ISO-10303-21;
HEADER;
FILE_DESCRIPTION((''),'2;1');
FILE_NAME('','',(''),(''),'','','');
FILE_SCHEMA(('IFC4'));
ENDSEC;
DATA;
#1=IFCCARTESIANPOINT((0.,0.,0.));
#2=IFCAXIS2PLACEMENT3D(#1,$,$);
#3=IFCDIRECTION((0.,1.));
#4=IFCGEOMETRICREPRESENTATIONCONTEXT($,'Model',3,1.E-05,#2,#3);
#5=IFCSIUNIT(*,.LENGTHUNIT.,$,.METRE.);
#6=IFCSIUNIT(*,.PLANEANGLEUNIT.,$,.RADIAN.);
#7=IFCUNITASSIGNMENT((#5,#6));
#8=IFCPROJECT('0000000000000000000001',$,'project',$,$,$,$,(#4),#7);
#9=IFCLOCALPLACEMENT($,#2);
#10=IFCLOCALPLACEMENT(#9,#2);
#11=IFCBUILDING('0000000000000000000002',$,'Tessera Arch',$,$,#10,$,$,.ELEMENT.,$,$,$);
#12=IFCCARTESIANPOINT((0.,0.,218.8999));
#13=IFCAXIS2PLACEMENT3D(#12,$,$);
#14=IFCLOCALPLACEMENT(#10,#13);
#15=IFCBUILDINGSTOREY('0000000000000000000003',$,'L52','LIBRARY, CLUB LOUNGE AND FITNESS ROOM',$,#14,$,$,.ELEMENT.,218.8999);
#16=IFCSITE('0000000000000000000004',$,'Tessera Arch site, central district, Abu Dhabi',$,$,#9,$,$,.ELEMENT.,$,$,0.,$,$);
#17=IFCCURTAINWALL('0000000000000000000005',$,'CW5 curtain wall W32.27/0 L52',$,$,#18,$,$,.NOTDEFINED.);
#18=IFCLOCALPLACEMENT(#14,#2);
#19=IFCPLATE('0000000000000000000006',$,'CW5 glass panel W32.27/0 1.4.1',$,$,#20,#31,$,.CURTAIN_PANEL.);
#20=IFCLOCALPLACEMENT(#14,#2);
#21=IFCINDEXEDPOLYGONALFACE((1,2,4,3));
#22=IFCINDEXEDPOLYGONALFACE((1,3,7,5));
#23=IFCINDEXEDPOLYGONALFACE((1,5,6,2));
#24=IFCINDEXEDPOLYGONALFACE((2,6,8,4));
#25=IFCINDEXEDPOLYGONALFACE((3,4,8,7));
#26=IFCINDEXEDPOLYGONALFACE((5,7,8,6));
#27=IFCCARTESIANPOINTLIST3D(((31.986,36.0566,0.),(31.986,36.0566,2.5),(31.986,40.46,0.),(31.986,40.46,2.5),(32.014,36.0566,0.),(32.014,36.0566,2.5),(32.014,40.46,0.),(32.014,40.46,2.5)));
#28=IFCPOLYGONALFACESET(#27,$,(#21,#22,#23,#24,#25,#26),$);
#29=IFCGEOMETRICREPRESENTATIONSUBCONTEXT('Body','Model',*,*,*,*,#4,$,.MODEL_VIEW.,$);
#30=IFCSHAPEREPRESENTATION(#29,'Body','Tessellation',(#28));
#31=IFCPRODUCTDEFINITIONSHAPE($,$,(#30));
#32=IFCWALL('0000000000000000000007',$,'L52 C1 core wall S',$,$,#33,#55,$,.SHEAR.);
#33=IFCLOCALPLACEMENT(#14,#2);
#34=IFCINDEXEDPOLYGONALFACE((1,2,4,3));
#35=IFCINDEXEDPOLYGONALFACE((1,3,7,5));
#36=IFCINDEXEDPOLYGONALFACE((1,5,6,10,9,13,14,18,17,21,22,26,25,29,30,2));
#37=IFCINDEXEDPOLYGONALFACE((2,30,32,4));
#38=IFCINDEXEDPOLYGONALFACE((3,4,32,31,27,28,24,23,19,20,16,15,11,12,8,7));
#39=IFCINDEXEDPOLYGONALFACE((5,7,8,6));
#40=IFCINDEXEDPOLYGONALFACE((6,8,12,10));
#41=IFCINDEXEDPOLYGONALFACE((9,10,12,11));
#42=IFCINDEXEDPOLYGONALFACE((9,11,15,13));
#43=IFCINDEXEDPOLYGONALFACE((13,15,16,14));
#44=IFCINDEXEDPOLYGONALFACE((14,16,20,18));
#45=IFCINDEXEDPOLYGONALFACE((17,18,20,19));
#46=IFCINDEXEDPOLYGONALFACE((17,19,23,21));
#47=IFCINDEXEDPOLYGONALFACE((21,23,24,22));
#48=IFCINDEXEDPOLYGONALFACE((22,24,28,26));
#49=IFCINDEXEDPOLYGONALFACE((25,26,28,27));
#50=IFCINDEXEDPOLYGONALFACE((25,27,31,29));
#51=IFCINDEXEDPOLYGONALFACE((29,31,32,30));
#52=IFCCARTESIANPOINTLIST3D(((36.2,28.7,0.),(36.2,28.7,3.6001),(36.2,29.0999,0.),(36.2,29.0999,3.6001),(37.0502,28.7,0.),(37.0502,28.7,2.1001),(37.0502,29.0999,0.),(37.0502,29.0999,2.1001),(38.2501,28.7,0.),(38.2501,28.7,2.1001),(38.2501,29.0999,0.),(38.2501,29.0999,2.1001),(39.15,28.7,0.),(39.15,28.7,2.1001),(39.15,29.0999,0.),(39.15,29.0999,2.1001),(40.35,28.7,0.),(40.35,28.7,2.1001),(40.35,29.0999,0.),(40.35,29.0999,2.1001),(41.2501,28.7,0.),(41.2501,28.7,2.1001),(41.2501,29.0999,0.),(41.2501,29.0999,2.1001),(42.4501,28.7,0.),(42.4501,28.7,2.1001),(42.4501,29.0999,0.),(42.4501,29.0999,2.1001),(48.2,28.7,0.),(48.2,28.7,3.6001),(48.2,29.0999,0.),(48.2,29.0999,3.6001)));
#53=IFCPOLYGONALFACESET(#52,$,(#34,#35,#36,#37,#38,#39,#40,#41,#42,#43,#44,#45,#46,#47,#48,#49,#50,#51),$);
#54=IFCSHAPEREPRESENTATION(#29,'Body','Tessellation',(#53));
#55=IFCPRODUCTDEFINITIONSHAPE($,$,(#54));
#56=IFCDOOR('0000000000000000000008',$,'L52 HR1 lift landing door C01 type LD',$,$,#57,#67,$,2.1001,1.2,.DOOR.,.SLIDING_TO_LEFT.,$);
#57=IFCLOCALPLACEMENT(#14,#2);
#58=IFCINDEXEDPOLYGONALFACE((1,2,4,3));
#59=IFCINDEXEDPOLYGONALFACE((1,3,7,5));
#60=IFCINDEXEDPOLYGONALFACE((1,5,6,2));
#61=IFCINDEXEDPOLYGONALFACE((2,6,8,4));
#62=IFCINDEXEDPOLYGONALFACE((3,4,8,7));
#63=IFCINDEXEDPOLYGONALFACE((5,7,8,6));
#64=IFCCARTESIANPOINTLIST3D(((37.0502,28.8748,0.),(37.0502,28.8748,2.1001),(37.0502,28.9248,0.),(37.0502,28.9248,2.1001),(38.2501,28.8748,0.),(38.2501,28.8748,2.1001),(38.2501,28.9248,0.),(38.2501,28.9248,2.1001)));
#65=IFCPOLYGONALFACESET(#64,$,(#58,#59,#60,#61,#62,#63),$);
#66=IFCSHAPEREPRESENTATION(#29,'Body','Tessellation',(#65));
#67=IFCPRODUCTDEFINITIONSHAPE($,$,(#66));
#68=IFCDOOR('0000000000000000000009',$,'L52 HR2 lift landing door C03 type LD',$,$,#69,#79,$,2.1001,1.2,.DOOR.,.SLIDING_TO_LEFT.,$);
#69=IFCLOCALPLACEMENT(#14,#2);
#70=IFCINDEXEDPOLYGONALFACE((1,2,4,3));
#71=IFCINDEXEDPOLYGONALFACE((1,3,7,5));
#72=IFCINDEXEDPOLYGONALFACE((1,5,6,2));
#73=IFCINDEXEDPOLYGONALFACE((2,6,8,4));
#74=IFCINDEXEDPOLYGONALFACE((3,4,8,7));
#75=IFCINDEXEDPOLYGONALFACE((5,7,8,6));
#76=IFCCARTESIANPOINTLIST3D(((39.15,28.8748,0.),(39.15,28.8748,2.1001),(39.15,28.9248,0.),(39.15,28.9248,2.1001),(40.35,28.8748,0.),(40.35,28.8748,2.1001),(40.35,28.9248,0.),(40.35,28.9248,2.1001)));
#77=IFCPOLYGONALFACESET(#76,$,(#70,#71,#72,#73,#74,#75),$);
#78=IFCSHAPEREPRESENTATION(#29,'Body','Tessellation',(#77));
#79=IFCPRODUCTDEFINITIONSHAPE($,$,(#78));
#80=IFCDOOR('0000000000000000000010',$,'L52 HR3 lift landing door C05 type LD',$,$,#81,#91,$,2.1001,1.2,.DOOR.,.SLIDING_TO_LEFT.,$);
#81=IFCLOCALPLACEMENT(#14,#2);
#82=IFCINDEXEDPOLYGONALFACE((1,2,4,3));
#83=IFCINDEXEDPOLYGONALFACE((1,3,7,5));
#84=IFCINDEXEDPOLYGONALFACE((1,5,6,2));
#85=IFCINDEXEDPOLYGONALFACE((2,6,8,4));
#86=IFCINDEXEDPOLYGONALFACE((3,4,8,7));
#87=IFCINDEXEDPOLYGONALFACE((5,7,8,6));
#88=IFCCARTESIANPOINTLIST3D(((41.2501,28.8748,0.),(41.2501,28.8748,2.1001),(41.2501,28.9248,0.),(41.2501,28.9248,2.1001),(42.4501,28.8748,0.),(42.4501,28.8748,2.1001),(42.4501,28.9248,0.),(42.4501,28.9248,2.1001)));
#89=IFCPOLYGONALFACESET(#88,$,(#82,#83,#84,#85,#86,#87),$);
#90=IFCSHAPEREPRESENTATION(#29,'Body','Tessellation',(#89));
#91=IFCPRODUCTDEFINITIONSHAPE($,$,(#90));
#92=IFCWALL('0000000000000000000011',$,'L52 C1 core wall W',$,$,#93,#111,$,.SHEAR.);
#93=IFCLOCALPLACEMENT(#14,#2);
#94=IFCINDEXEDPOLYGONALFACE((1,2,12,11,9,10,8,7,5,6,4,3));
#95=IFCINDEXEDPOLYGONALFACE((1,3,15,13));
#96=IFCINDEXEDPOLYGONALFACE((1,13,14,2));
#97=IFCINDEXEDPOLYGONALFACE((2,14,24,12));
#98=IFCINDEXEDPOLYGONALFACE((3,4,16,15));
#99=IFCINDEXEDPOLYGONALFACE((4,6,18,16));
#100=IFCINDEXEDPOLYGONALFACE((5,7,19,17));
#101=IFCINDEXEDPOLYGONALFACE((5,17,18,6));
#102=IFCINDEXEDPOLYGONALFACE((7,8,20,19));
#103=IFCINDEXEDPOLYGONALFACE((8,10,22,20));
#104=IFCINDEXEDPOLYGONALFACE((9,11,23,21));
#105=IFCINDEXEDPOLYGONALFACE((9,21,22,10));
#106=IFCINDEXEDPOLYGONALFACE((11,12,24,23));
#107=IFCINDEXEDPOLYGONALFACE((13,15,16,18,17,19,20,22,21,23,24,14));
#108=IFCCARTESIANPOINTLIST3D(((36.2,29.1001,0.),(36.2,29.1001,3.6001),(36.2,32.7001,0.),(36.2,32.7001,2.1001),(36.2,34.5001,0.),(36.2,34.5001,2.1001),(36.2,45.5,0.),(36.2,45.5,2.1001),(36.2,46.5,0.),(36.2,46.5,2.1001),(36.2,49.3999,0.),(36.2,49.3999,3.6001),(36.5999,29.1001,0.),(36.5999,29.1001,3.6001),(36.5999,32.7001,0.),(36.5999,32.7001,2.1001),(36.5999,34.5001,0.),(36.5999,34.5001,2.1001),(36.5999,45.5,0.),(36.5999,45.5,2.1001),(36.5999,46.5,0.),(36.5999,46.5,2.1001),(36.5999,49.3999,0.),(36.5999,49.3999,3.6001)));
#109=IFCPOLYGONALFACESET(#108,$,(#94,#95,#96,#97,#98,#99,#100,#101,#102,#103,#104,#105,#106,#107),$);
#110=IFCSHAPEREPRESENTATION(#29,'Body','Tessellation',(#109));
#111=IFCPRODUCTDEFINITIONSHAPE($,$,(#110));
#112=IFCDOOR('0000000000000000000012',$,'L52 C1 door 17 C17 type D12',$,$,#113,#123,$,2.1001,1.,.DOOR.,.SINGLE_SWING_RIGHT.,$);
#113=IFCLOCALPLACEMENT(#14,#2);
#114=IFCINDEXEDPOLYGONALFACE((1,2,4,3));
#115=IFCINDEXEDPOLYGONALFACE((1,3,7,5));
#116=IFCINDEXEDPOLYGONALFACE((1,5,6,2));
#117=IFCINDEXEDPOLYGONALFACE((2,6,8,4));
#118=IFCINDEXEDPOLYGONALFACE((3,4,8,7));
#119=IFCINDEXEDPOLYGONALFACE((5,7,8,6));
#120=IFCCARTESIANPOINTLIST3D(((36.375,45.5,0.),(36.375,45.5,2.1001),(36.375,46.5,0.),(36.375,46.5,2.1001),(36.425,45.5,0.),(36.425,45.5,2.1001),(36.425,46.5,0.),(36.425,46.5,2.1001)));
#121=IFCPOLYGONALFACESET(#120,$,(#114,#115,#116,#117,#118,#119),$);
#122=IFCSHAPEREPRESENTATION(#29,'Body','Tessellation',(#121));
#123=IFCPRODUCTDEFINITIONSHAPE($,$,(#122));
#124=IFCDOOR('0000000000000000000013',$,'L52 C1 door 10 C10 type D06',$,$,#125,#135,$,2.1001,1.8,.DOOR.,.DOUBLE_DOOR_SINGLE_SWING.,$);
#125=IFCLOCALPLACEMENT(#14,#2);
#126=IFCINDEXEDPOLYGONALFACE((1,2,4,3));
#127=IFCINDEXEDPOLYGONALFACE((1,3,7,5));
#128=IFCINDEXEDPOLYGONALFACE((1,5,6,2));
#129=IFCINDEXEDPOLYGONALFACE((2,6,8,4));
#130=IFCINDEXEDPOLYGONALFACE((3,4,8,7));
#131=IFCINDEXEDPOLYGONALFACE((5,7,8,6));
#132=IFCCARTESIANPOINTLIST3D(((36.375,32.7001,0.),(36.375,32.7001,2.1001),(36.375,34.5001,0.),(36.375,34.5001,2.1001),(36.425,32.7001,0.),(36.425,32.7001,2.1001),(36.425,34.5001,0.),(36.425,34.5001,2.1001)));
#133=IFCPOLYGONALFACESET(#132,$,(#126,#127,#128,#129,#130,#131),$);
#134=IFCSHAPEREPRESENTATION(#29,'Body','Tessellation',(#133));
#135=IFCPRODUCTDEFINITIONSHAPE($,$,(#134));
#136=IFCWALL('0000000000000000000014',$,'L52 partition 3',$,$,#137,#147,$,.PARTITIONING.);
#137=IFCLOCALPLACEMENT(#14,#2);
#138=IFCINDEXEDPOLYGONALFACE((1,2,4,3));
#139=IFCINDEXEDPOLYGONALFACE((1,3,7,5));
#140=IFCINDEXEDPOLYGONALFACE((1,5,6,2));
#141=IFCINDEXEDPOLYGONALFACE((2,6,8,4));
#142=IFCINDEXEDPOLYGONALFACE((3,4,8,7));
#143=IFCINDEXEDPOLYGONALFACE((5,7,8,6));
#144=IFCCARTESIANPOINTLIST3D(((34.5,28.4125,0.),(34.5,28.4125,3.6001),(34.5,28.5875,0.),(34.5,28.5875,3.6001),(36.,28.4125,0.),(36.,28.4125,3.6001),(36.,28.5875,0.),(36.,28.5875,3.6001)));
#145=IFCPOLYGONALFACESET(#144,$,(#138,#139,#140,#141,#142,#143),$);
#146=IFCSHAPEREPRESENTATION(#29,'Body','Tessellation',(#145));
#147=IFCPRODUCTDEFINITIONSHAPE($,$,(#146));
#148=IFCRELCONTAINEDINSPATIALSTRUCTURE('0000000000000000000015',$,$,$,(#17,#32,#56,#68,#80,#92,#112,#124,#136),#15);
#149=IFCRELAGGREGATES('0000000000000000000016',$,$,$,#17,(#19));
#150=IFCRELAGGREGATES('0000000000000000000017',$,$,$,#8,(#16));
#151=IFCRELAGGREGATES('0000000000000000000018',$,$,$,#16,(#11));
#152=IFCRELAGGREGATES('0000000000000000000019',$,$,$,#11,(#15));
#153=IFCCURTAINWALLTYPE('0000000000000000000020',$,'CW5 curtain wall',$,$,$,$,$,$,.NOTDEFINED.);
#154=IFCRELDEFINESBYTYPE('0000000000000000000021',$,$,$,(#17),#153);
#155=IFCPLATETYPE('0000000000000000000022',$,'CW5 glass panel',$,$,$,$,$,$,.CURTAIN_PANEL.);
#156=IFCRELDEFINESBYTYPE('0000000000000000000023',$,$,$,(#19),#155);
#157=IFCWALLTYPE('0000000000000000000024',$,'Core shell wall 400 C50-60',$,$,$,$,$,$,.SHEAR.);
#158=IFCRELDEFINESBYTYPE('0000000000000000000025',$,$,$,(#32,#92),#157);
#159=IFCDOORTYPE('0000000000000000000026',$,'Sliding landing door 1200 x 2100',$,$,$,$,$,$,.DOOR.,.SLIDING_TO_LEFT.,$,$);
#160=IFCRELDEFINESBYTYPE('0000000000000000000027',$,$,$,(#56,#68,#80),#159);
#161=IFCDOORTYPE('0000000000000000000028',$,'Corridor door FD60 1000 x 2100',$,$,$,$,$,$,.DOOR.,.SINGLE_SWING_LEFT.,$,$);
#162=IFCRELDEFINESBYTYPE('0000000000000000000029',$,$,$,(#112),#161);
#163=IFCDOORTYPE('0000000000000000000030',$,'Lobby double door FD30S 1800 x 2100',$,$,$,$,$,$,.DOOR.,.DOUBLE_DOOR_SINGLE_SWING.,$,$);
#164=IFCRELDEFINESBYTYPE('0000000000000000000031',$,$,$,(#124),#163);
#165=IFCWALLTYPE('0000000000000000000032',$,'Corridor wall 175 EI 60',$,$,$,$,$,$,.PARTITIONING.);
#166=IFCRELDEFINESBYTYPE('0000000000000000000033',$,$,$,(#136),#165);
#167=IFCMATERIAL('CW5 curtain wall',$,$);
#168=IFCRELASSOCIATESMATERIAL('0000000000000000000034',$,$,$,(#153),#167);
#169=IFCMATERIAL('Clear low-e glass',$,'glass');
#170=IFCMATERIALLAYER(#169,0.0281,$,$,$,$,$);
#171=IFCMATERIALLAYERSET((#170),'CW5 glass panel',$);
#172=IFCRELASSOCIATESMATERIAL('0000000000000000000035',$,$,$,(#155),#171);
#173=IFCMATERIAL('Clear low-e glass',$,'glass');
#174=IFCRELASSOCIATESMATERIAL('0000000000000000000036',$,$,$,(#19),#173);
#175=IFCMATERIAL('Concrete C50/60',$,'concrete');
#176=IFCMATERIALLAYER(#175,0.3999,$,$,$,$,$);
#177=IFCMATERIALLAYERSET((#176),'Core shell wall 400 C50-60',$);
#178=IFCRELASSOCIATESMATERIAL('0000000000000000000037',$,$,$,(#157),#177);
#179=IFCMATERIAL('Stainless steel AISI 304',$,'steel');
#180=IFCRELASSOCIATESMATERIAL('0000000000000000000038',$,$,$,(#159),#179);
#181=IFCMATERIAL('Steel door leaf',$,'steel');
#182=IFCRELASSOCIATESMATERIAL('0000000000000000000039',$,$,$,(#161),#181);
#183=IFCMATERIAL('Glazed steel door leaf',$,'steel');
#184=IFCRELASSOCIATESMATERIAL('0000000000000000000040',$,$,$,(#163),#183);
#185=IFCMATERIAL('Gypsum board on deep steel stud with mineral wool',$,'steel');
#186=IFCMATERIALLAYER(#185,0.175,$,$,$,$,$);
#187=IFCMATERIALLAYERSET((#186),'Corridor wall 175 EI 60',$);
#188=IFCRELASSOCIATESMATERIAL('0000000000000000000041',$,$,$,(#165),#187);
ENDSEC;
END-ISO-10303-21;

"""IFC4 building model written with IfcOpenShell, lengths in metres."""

from ifc_helpers import new_model, si_unit, direction, frame, frame_2d, origin, origin_2d, place, context, subcontext, project, spatial, rectangle, extrude, material, layer, layer_set, type_object, element, fill, aggregate, save


model = new_model("IFC4")

# Units and contexts
model_context = context("Model", 3, precision=1e-05, world=origin(), true_north=direction((0.0, 1.0)))
body_context = subcontext(model_context, "Body", "Model", "MODEL_VIEW")
ifc_project = project(units=[si_unit("LENGTHUNIT", "METRE"), si_unit("PLANEANGLEUNIT", "RADIAN")], contexts=[model_context])

# Site, building, storey
site_placement = place(None, origin())
site = spatial("IfcSite", under=ifc_project, at=site_placement, Name="Tessera Arch site, central district, Abu Dhabi", CompositionType="ELEMENT", RefElevation=0.0)
building_placement = place(site_placement, origin())
building = spatial("IfcBuilding", under=site, at=building_placement, Name="Tessera Arch", CompositionType="ELEMENT")
storey_placement = place(building_placement, frame((0.0, 0.0, 218.8999)))
storey = spatial("IfcBuildingStorey", under=building, at=storey_placement, Name="L52", Description="LIBRARY, CLUB LOUNGE AND FITNESS ROOM", CompositionType="ELEMENT", Elevation=218.8999)

# Curtain wall, plate
ifc_material_1 = material(Name="CW5 curtain wall")
curtain_wall_type = type_object("IfcCurtainWallType", Name="CW5 curtain wall", PredefinedType="NOTDEFINED", material=ifc_material_1)
curtain_wall_placement = place(storey_placement, origin())
curtain_wall = element("IfcCurtainWall", 1, at=curtain_wall_placement, inside=storey, type_object=curtain_wall_type, Name="CW5 curtain wall W32.27/0 L52", PredefinedType="NOTDEFINED")
ifc_material_2 = material(Name="Clear low-e glass", Category="glass")
ifc_material_3 = material(Name="Clear low-e glass", Category="glass")
ifc_layer_1 = layer(ifc_material_3, 0.0281)
ifc_layer_set_1 = layer_set([ifc_layer_1], Name="CW5 glass panel")
plate_type = type_object("IfcPlateType", Name="CW5 glass panel", PredefinedType="CURTAIN_PANEL", material=ifc_layer_set_1)
plate_placement = place(storey_placement, frame((32.0, 38.2583, 0.0), z_axis=(0.0, 0.0, 1.0), x_axis=(0.0, -1.0, 0.0)))
plate = element("IfcPlate", 2, at=plate_placement, type_object=plate_type, material=ifc_material_2, Name="CW5 glass panel W32.27/0 1.4.1", PredefinedType="CURTAIN_PANEL", context=body_context, shape_type="SweptSolid", body=[
    extrude(rectangle(XDim=4.4033, YDim=0.0281, at=origin_2d()), origin(), (0.0, 0.0, 1.0), 2.5),
])
aggregate(curtain_wall, [plate])

# Walls, openings, doors
ifc_material_4 = material(Name="Concrete C50/60", Category="concrete")
ifc_layer_2 = layer(ifc_material_4, 0.3999)
ifc_layer_set_2 = layer_set([ifc_layer_2], Name="Core shell wall 400 C50-60")
wall_type_1 = type_object("IfcWallType", Name="Core shell wall 400 C50-60", PredefinedType="SHEAR", material=ifc_layer_set_2)
wall_1_placement = place(storey_placement, frame((36.2, 28.8999, 0.0), z_axis=(0.0, 0.0, 1.0), x_axis=(1.0, 0.0, 0.0)))
wall_1 = element("IfcWall", 3, at=wall_1_placement, inside=storey, type_object=wall_type_1, Name="L52 C1 core wall S", PredefinedType="SHEAR", context=body_context, shape_type="SweptSolid", body=[
    extrude(rectangle(XDim=12.0, YDim=0.3999, at=frame_2d((6.0, 0.0))), origin(), (0.0, 0.0, 1.0), 3.6001),
])
opening_1_placement = place(wall_1_placement, frame((0.8501, 0.0, 0.0)))
opening_1 = element("IfcOpeningElement", 4, at=opening_1_placement, cuts=wall_1, PredefinedType="OPENING", context=body_context, shape_type="SweptSolid", body=[
    extrude(rectangle(XDim=1.2, YDim=2.1001, at=frame_2d((0.6001, 1.05))), frame((0.0, 0.21, 0.0), z_axis=(0.0, -1.0, 0.0), x_axis=(1.0, 0.0, 0.0)), (0.0, 0.0, 1.0), 0.4199),
])
opening_2_placement = place(wall_1_placement, frame((2.95, 0.0, 0.0)))
opening_2 = element("IfcOpeningElement", 5, at=opening_2_placement, cuts=wall_1, PredefinedType="OPENING", context=body_context, shape_type="SweptSolid", body=[
    extrude(rectangle(XDim=1.2, YDim=2.1001, at=frame_2d((0.6001, 1.05))), frame((0.0, 0.21, 0.0), z_axis=(0.0, -1.0, 0.0), x_axis=(1.0, 0.0, 0.0)), (0.0, 0.0, 1.0), 0.4199),
])
opening_3_placement = place(wall_1_placement, frame((5.05, 0.0, 0.0)))
opening_3 = element("IfcOpeningElement", 6, at=opening_3_placement, cuts=wall_1, PredefinedType="OPENING", context=body_context, shape_type="SweptSolid", body=[
    extrude(rectangle(XDim=1.2, YDim=2.1001, at=frame_2d((0.6001, 1.05))), frame((0.0, 0.21, 0.0), z_axis=(0.0, -1.0, 0.0), x_axis=(1.0, 0.0, 0.0)), (0.0, 0.0, 1.0), 0.4199),
])
ifc_material_5 = material(Name="Stainless steel AISI 304", Category="steel")
door_type_1 = type_object("IfcDoorType", Name="Sliding landing door 1200 x 2100", OperationType="SLIDING_TO_LEFT", PredefinedType="DOOR", material=ifc_material_5)
door_1_placement = place(opening_1_placement, origin())
door_1 = element("IfcDoor", 7, at=door_1_placement, inside=storey, type_object=door_type_1, Name="L52 HR1 lift landing door C01 type LD", OperationType="SLIDING_TO_LEFT", OverallHeight=2.1001, OverallWidth=1.2, PredefinedType="DOOR", context=body_context, shape_type="SweptSolid", body=[
    extrude(rectangle(XDim=1.2, YDim=2.1001, at=frame_2d((0.6001, 1.05))), frame((0.0, 0.0249, 0.0), z_axis=(0.0, -1.0, 0.0), x_axis=(1.0, 0.0, 0.0)), (0.0, 0.0, 1.0), 0.05),
])
fill(opening_1, door_1)
door_2_placement = place(opening_2_placement, origin())
door_2 = element("IfcDoor", 8, at=door_2_placement, inside=storey, type_object=door_type_1, Name="L52 HR2 lift landing door C03 type LD", OperationType="SLIDING_TO_LEFT", OverallHeight=2.1001, OverallWidth=1.2, PredefinedType="DOOR", context=body_context, shape_type="SweptSolid", body=[
    extrude(rectangle(XDim=1.2, YDim=2.1001, at=frame_2d((0.6001, 1.05))), frame((0.0, 0.0249, 0.0), z_axis=(0.0, -1.0, 0.0), x_axis=(1.0, 0.0, 0.0)), (0.0, 0.0, 1.0), 0.05),
])
fill(opening_2, door_2)
door_3_placement = place(opening_3_placement, origin())
door_3 = element("IfcDoor", 9, at=door_3_placement, inside=storey, type_object=door_type_1, Name="L52 HR3 lift landing door C05 type LD", OperationType="SLIDING_TO_LEFT", OverallHeight=2.1001, OverallWidth=1.2, PredefinedType="DOOR", context=body_context, shape_type="SweptSolid", body=[
    extrude(rectangle(XDim=1.2, YDim=2.1001, at=frame_2d((0.6001, 1.05))), frame((0.0, 0.0249, 0.0), z_axis=(0.0, -1.0, 0.0), x_axis=(1.0, 0.0, 0.0)), (0.0, 0.0, 1.0), 0.05),
])
fill(opening_3, door_3)
wall_2_placement = place(storey_placement, frame((36.3999, 29.1001, 0.0), z_axis=(0.0, 0.0, 1.0), x_axis=(0.0, 1.0, 0.0)))
wall_2 = element("IfcWall", 10, at=wall_2_placement, inside=storey, type_object=wall_type_1, Name="L52 C1 core wall W", PredefinedType="SHEAR", context=body_context, shape_type="SweptSolid", body=[
    extrude(rectangle(XDim=20.2998, YDim=0.3999, at=frame_2d((10.1499, 0.0))), origin(), (0.0, 0.0, 1.0), 3.6001),
])
opening_4_placement = place(wall_2_placement, frame((3.6001, 0.0, 0.0)))
opening_4 = element("IfcOpeningElement", 11, at=opening_4_placement, cuts=wall_2, PredefinedType="OPENING", context=body_context, shape_type="SweptSolid", body=[
    extrude(rectangle(XDim=1.8, YDim=2.1001, at=frame_2d((0.8999, 1.05))), frame((0.0, 0.21, 0.0), z_axis=(0.0, -1.0, 0.0), x_axis=(1.0, 0.0, 0.0)), (0.0, 0.0, 1.0), 0.4199),
])
opening_5_placement = place(wall_2_placement, frame((16.3999, 0.0, 0.0)))
opening_5 = element("IfcOpeningElement", 12, at=opening_5_placement, cuts=wall_2, PredefinedType="OPENING", context=body_context, shape_type="SweptSolid", body=[
    extrude(rectangle(XDim=1.0, YDim=2.1001, at=frame_2d((0.5, 1.05))), frame((0.0, 0.21, 0.0), z_axis=(0.0, -1.0, 0.0), x_axis=(1.0, 0.0, 0.0)), (0.0, 0.0, 1.0), 0.4199),
])
ifc_material_6 = material(Name="Steel door leaf", Category="steel")
door_type_2 = type_object("IfcDoorType", Name="Corridor door FD60 1000 x 2100", OperationType="SINGLE_SWING_LEFT", PredefinedType="DOOR", material=ifc_material_6)
door_4_placement = place(opening_5_placement, origin())
door_4 = element("IfcDoor", 13, at=door_4_placement, inside=storey, type_object=door_type_2, Name="L52 C1 door 17 C17 type D12", OperationType="SINGLE_SWING_RIGHT", OverallHeight=2.1001, OverallWidth=1.0, PredefinedType="DOOR", context=body_context, shape_type="SweptSolid", body=[
    extrude(rectangle(XDim=1.0, YDim=2.1001, at=frame_2d((0.5, 1.05))), frame((0.0, 0.0249, 0.0), z_axis=(0.0, -1.0, 0.0), x_axis=(1.0, 0.0, 0.0)), (0.0, 0.0, 1.0), 0.05),
])
fill(opening_5, door_4)
ifc_material_7 = material(Name="Glazed steel door leaf", Category="steel")
door_type_3 = type_object("IfcDoorType", Name="Lobby double door FD30S 1800 x 2100", OperationType="DOUBLE_DOOR_SINGLE_SWING", PredefinedType="DOOR", material=ifc_material_7)
door_5_placement = place(opening_4_placement, origin())
door_5 = element("IfcDoor", 14, at=door_5_placement, inside=storey, type_object=door_type_3, Name="L52 C1 door 10 C10 type D06", OperationType="DOUBLE_DOOR_SINGLE_SWING", OverallHeight=2.1001, OverallWidth=1.8, PredefinedType="DOOR", context=body_context, shape_type="SweptSolid", body=[
    extrude(rectangle(XDim=1.8, YDim=2.1001, at=frame_2d((0.8999, 1.05))), frame((0.0, 0.0249, 0.0), z_axis=(0.0, -1.0, 0.0), x_axis=(1.0, 0.0, 0.0)), (0.0, 0.0, 1.0), 0.05),
])
fill(opening_4, door_5)

# Wall
ifc_material_8 = material(Name="Gypsum board on deep steel stud with mineral wool", Category="steel")
ifc_layer_3 = layer(ifc_material_8, 0.175)
ifc_layer_set_3 = layer_set([ifc_layer_3], Name="Corridor wall 175 EI 60")
wall_type_2 = type_object("IfcWallType", Name="Corridor wall 175 EI 60", PredefinedType="PARTITIONING", material=ifc_layer_set_3)
wall_3_placement = place(storey_placement, frame((34.5, 28.5, 0.0), z_axis=(0.0, 0.0, 1.0), x_axis=(1.0, 0.0, 0.0)))
element("IfcWall", 15, at=wall_3_placement, inside=storey, type_object=wall_type_2, Name="L52 partition 3", PredefinedType="PARTITIONING", context=body_context, shape_type="SweptSolid", body=[
    extrude(rectangle(XDim=1.5, YDim=0.175, at=frame_2d((0.75, 0.0))), origin(), (0.0, 0.0, 1.0), 3.6001),
])

save(model, "model.ifc")
